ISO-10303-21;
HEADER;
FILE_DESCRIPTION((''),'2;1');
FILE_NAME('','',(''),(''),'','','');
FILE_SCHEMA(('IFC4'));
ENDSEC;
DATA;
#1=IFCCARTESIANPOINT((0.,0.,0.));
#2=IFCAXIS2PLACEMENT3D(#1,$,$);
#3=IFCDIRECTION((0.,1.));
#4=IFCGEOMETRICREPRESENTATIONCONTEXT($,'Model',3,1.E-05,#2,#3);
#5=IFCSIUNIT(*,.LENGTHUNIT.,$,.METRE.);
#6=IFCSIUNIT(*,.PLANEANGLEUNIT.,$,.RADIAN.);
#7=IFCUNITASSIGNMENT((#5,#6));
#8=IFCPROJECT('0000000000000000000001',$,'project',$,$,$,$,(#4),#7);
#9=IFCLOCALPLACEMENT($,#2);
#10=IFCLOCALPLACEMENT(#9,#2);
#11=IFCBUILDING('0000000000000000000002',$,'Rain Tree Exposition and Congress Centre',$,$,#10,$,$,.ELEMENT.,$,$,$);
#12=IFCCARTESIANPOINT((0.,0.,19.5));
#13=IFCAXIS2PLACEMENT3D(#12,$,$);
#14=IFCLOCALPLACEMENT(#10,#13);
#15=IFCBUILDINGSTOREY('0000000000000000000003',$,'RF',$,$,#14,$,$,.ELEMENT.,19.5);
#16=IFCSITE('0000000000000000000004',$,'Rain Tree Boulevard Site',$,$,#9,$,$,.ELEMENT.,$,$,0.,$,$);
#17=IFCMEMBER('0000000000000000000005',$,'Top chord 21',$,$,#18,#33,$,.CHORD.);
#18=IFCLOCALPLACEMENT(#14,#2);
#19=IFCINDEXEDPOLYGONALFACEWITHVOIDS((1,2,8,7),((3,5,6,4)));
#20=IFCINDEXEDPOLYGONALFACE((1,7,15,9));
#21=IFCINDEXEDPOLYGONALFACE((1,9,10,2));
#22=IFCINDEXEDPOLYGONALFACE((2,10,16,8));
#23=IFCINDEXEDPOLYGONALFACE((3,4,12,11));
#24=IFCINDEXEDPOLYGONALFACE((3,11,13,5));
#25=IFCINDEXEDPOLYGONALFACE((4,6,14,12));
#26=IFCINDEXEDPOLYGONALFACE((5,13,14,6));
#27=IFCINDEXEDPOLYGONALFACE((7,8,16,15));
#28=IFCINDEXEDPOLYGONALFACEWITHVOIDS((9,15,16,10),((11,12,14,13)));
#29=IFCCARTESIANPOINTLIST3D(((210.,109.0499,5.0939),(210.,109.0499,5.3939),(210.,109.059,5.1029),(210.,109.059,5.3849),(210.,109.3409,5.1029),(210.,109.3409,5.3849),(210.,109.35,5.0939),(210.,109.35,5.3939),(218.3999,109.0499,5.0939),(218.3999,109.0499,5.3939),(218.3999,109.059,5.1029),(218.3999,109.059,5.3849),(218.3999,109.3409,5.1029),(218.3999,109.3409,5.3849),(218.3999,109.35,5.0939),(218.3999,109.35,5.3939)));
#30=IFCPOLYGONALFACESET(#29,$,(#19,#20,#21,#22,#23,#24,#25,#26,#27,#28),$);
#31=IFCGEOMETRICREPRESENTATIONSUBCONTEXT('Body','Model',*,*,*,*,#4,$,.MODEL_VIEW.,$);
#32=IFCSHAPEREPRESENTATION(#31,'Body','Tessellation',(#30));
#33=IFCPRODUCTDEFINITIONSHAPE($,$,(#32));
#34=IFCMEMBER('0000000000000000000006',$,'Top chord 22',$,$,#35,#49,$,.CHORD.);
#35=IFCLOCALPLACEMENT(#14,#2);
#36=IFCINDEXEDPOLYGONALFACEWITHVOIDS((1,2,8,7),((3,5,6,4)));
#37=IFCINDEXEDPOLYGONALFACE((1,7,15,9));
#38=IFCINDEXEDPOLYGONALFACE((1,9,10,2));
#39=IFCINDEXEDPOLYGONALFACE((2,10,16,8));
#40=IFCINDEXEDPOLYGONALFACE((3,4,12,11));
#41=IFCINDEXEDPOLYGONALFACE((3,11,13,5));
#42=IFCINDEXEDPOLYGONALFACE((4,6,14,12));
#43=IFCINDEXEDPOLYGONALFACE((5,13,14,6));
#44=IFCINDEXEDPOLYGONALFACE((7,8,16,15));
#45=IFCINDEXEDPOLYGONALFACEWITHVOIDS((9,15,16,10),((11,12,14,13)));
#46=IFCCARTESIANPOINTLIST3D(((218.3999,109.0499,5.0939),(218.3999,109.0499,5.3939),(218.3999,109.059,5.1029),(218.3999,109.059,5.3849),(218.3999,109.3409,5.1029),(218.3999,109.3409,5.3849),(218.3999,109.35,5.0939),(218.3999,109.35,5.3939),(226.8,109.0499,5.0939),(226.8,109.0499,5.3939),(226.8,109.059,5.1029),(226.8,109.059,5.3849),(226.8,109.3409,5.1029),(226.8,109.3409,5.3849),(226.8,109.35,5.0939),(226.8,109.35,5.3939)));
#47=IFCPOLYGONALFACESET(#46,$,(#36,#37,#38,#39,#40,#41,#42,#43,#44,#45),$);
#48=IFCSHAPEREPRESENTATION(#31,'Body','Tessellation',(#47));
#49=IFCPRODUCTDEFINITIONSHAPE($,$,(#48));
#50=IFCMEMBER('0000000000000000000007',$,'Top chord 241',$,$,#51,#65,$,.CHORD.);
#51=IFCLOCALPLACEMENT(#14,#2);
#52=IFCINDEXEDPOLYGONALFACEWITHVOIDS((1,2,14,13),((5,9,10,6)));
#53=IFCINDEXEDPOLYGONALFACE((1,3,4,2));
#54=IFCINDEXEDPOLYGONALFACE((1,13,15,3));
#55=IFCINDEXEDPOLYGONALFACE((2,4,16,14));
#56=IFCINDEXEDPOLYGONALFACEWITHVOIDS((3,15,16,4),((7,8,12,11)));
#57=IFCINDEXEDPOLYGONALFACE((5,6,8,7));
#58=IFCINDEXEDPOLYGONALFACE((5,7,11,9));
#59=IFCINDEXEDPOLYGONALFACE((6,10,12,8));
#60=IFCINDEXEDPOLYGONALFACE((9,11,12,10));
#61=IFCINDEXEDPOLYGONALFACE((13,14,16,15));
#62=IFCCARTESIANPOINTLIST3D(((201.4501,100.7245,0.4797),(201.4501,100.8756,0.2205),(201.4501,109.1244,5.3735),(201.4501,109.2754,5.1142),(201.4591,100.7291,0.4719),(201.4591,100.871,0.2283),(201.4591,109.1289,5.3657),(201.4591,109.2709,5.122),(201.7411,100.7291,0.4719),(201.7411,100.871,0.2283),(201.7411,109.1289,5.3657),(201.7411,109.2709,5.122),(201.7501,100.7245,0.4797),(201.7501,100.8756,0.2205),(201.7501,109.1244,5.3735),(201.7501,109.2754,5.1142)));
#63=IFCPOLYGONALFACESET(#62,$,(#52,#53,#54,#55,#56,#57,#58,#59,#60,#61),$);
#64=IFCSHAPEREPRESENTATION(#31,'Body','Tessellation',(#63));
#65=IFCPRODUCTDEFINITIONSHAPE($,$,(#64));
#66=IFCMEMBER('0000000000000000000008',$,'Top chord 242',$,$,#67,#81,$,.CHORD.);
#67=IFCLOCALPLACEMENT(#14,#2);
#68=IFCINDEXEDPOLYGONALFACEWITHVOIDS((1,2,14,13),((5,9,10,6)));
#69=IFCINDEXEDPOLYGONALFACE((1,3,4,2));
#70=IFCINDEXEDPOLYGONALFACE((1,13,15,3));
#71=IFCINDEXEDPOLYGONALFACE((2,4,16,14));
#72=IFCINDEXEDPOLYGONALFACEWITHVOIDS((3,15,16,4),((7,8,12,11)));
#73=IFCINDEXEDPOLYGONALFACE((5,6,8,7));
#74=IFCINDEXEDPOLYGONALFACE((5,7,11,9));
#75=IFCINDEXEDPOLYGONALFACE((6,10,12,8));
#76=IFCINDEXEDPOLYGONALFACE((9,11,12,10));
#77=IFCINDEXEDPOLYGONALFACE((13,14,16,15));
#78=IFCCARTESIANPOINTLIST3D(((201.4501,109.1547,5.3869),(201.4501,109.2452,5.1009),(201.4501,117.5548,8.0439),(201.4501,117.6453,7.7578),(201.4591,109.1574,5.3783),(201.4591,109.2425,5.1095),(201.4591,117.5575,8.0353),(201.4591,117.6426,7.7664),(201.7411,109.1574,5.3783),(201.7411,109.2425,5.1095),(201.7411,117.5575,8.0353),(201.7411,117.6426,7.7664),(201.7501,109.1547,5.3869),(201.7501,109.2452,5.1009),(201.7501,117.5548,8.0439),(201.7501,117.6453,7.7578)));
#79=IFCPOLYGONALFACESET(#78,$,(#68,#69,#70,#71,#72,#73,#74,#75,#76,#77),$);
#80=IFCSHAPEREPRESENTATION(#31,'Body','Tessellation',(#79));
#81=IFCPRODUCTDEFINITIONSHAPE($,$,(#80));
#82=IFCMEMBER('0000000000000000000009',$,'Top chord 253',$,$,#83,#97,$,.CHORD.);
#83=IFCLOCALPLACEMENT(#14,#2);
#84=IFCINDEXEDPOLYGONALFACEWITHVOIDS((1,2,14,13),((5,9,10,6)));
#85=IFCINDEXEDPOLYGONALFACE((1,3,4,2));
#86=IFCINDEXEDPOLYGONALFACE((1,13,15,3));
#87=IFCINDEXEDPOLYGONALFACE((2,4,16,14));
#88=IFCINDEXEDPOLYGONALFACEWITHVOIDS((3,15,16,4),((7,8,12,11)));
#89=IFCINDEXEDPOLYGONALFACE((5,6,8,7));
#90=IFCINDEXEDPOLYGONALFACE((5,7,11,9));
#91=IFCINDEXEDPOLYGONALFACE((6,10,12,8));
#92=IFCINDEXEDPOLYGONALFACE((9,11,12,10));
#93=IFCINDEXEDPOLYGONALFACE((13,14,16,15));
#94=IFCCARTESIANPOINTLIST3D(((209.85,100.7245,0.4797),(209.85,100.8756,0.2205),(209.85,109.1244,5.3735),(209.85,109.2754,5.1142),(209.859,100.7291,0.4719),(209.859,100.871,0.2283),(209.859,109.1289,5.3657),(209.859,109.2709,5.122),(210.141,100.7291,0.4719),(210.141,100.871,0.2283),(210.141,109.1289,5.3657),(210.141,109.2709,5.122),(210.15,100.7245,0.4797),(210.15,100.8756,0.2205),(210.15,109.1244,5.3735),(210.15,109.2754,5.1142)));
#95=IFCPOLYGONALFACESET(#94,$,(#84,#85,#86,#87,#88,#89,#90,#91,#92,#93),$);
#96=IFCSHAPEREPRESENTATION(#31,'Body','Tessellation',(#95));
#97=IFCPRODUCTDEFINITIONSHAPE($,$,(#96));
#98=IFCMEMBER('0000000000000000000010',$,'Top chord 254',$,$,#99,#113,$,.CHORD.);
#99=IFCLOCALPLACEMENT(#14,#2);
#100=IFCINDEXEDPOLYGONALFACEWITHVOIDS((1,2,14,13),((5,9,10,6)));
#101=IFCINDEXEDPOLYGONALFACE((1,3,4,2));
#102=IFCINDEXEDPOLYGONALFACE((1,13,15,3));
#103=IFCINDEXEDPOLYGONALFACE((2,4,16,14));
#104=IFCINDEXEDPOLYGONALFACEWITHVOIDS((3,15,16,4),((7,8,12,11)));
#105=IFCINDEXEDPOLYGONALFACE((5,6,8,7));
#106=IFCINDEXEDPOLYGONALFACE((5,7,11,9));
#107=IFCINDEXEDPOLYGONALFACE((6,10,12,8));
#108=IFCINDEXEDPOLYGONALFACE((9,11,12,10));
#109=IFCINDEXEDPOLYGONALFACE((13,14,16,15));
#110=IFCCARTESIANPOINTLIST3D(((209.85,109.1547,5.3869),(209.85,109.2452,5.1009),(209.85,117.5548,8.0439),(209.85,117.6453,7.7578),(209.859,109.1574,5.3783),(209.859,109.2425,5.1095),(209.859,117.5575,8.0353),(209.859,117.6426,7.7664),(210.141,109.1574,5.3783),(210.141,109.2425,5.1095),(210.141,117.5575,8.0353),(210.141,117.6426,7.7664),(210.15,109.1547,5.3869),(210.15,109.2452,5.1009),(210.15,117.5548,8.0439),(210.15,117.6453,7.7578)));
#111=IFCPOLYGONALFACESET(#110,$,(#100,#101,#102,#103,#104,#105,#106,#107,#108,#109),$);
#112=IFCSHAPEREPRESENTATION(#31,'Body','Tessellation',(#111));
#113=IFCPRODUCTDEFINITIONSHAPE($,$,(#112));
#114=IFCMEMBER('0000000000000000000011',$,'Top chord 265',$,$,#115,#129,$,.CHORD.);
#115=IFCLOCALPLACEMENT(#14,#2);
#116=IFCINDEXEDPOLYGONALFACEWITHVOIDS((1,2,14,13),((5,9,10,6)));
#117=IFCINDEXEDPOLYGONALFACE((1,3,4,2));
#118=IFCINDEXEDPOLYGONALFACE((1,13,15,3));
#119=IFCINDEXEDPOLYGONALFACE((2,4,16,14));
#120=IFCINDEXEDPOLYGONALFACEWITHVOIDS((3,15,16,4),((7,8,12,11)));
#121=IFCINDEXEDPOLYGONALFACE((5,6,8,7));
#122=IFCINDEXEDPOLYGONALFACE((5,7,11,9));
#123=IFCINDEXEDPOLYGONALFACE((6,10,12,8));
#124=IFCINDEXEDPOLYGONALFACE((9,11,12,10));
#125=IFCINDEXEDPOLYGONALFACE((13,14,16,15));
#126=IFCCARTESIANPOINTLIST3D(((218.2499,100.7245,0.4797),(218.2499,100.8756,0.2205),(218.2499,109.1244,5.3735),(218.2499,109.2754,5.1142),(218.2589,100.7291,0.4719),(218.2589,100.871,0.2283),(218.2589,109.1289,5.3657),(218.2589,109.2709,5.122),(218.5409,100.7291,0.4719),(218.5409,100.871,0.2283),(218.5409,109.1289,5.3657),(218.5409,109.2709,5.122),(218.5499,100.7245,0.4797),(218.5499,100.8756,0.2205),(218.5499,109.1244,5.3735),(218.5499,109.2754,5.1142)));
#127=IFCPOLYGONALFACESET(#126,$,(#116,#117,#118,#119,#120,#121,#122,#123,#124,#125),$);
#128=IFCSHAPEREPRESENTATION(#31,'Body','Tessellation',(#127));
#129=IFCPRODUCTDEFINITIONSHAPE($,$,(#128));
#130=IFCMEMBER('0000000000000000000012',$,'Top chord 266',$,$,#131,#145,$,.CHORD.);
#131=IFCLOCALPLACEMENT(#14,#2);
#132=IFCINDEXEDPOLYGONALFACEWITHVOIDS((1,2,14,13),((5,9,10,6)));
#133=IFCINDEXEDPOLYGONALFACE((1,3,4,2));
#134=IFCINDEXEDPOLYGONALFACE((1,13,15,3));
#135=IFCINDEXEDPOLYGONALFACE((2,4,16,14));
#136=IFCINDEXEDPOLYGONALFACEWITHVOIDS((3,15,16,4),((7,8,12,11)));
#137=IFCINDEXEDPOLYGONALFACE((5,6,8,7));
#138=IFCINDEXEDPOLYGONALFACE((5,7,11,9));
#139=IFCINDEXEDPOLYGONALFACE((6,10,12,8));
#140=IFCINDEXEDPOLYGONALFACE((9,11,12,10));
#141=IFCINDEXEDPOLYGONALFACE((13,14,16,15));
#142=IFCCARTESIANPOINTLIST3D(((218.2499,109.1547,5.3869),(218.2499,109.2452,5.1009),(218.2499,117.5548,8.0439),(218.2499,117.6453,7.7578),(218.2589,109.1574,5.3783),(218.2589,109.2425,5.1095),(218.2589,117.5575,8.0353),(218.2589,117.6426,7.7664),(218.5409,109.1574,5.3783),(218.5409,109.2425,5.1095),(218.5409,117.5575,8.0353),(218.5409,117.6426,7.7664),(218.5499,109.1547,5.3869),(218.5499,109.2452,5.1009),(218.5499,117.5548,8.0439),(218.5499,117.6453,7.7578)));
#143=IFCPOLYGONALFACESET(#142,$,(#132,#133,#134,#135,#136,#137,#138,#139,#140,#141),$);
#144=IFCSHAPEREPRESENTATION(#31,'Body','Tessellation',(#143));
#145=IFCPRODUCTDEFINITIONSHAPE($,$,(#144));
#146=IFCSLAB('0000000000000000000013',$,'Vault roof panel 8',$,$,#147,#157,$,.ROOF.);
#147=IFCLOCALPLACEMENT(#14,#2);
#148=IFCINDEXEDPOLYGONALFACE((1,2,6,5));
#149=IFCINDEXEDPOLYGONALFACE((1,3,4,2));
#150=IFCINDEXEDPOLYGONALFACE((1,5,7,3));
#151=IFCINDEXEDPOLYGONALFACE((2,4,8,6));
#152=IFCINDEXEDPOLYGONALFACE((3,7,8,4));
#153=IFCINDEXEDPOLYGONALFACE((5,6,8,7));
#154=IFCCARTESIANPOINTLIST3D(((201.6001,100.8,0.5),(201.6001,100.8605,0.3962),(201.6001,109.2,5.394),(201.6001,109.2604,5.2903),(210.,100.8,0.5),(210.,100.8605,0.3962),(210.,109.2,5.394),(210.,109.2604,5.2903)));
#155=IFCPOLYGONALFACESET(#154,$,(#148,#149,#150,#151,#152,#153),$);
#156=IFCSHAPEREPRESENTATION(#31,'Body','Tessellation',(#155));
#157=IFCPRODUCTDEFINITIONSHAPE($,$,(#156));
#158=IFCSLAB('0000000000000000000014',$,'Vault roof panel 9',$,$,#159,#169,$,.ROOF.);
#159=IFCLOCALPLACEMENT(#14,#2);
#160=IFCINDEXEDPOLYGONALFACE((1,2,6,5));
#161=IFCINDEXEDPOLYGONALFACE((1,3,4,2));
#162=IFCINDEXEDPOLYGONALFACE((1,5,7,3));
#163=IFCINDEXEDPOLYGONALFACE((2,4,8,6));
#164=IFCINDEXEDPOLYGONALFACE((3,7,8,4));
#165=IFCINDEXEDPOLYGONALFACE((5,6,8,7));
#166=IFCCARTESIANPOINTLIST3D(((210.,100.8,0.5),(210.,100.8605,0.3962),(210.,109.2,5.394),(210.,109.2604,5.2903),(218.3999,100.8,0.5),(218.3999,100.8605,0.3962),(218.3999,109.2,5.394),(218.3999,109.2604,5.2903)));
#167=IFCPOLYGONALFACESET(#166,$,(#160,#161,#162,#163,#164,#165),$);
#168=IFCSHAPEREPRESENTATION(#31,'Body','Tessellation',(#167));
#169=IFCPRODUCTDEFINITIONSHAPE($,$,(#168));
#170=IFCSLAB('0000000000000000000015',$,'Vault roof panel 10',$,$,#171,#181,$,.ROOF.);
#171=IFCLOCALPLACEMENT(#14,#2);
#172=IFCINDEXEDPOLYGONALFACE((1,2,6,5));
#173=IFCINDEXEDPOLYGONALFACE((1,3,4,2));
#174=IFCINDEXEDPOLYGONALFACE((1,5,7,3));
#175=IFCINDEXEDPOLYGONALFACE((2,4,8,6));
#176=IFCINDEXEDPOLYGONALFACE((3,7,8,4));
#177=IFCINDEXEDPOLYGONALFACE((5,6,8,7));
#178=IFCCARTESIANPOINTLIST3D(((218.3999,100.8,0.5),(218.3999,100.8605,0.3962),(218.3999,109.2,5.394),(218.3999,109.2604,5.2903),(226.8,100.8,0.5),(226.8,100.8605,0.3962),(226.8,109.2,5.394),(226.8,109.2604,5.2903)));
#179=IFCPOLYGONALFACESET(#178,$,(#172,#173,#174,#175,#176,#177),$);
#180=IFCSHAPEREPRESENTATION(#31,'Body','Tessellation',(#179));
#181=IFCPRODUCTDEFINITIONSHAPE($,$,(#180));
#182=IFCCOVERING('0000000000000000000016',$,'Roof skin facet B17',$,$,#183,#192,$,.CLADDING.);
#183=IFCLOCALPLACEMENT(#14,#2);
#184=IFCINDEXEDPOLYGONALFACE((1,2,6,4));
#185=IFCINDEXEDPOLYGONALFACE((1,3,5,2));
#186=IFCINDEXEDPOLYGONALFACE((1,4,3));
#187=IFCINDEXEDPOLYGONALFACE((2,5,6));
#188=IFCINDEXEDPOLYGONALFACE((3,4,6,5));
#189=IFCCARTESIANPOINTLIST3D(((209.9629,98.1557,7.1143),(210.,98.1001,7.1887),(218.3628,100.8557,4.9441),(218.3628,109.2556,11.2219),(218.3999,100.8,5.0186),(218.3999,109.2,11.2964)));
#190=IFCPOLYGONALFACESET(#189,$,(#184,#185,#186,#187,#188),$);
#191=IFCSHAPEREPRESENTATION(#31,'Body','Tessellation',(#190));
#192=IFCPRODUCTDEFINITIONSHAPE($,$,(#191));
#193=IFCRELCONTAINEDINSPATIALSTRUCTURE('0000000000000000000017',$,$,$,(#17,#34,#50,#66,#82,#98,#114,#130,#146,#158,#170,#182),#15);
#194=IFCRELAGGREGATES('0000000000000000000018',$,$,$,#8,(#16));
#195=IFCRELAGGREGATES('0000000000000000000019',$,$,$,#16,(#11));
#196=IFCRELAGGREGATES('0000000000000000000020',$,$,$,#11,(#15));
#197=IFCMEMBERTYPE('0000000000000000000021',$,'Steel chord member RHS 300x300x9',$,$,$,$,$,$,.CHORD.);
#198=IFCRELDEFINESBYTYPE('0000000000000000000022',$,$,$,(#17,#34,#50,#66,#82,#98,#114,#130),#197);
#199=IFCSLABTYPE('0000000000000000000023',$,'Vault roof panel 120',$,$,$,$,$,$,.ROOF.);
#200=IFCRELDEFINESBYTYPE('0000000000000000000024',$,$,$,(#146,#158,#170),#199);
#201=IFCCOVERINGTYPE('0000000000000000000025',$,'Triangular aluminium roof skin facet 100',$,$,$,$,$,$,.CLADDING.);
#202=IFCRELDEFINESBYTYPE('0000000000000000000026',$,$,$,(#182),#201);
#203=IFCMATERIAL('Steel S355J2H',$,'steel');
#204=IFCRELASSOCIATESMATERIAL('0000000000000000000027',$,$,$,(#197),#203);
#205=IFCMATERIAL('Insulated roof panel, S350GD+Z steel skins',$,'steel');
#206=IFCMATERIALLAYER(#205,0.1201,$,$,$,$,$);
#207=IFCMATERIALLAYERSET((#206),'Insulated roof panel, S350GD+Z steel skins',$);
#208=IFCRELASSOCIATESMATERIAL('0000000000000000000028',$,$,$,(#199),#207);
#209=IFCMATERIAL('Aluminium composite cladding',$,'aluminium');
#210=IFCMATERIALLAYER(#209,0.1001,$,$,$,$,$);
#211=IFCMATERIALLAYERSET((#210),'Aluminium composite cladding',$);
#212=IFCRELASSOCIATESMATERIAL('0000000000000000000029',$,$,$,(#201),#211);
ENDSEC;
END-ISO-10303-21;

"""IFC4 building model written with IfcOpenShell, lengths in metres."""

from ifc_helpers import new_model, si_unit, direction, frame, origin, origin_2d, place, context, subcontext, project, spatial, polyline, hollow_rectangle, outline, extrude, material, layer, layer_set, material_profile, profile_set, type_object, element, save


model = new_model("IFC4")

# Units and contexts
model_context = context("Model", 3, precision=1e-05, world=origin(), true_north=direction((0.0, 1.0)))
body_context = subcontext(model_context, "Body", "Model", "MODEL_VIEW")
ifc_project = project(units=[si_unit("LENGTHUNIT", "METRE"), si_unit("PLANEANGLEUNIT", "RADIAN")], contexts=[model_context])

# Site, building, storey
site_placement = place(None, origin())
site = spatial("IfcSite", under=ifc_project, at=site_placement, Name="Rain Tree Boulevard Site", CompositionType="ELEMENT", RefElevation=0.0)
building_placement = place(site_placement, origin())
building = spatial("IfcBuilding", under=site, at=building_placement, Name="Rain Tree Exposition and Congress Centre", CompositionType="ELEMENT")
storey_placement = place(building_placement, frame((0.0, 0.0, 19.5)))
storey = spatial("IfcBuildingStorey", under=building, at=storey_placement, Name="RF", CompositionType="ELEMENT", Elevation=19.5)

# Members
ifc_material_1 = material(Name="Steel S355J2H", Category="steel")
ifc_material_profile_1 = material_profile(ifc_material_1, hollow_rectangle(XDim=0.3, YDim=0.3, WallThickness=0.009, at=origin_2d()), Name="RHS 300x300x9")
ifc_profile_set_1 = profile_set([ifc_material_profile_1], Name="Steel S355J2H")
member_type_1 = type_object("IfcMemberType", Name="Steel chord member RHS 300x300x9", PredefinedType="CHORD", material=ifc_profile_set_1)
for number, where, z_axis, x_axis, name in (
    (1, (210.0, 109.2, 5.2439), (1.0, 0.0, 0.0), (0.0, 1.0, 0.0), "Top chord 21"),
):
    element("IfcMember", number, at=place(storey_placement, frame(where, z_axis=z_axis, x_axis=x_axis)), inside=storey, type_object=member_type_1, Name=name, PredefinedType="CHORD", context=body_context, shape_type="SweptSolid", body=[
        extrude(hollow_rectangle(XDim=0.3, YDim=0.3, WallThickness=0.009, at=origin_2d()), origin(), (0.0, 0.0, 1.0), 8.3999),
    ])
member_1_placement = place(storey_placement, frame((218.3999, 109.2, 5.2439), z_axis=(1.0, 0.0, 0.0), x_axis=(0.0, 1.0, 0.0)))
element("IfcMember", 2, at=member_1_placement, inside=storey, type_object=member_type_1, Name="Top chord 22", PredefinedType="CHORD", context=body_context, shape_type="SweptSolid", body=[
    extrude(hollow_rectangle(XDim=0.3, YDim=0.3, WallThickness=0.009, at=origin_2d()), origin(), (0.0, 0.0, 1.0), 8.4001),
])
member_2_placement = place(storey_placement, frame((201.6001, 100.8, 0.3501), z_axis=(0.0, 0.864054, 0.503399), x_axis=(-1.0, 0.0, 0.0)))
element("IfcMember", 3, at=member_2_placement, inside=storey, type_object=member_type_1, Name="Top chord 241", PredefinedType="CHORD", context=body_context, shape_type="SweptSolid", body=[
    extrude(hollow_rectangle(XDim=0.3, YDim=0.3, WallThickness=0.009, at=origin_2d()), origin(), (0.0, 0.0, 1.0), 9.7214),
])
member_3_placement = place(storey_placement, frame((201.6001, 109.2, 5.2439), z_axis=(0.0, 0.953442, 0.301576), x_axis=(-1.0, 0.0, 0.0)))
element("IfcMember", 4, at=member_3_placement, inside=storey, type_object=member_type_1, Name="Top chord 242", PredefinedType="CHORD", context=body_context, shape_type="SweptSolid", body=[
    extrude(hollow_rectangle(XDim=0.3, YDim=0.3, WallThickness=0.009, at=origin_2d()), origin(), (0.0, 0.0, 1.0), 8.8103),
])
member_4_placement = place(storey_placement, frame((210.0, 100.8, 0.3501), z_axis=(0.0, 0.864054, 0.503399), x_axis=(-1.0, 0.0, 0.0)))
element("IfcMember", 5, at=member_4_placement, inside=storey, type_object=member_type_1, Name="Top chord 253", PredefinedType="CHORD", context=body_context, shape_type="SweptSolid", body=[
    extrude(hollow_rectangle(XDim=0.3, YDim=0.3, WallThickness=0.009, at=origin_2d()), origin(), (0.0, 0.0, 1.0), 9.7214),
])
member_5_placement = place(storey_placement, frame((210.0, 109.2, 5.2439), z_axis=(0.0, 0.953442, 0.301576), x_axis=(-1.0, 0.0, 0.0)))
element("IfcMember", 6, at=member_5_placement, inside=storey, type_object=member_type_1, Name="Top chord 254", PredefinedType="CHORD", context=body_context, shape_type="SweptSolid", body=[
    extrude(hollow_rectangle(XDim=0.3, YDim=0.3, WallThickness=0.009, at=origin_2d()), origin(), (0.0, 0.0, 1.0), 8.8103),
])
member_6_placement = place(storey_placement, frame((218.3999, 100.8, 0.3501), z_axis=(0.0, 0.864054, 0.503399), x_axis=(-1.0, 0.0, 0.0)))
element("IfcMember", 7, at=member_6_placement, inside=storey, type_object=member_type_1, Name="Top chord 265", PredefinedType="CHORD", context=body_context, shape_type="SweptSolid", body=[
    extrude(hollow_rectangle(XDim=0.3, YDim=0.3, WallThickness=0.009, at=origin_2d()), origin(), (0.0, 0.0, 1.0), 9.7214),
])
member_7_placement = place(storey_placement, frame((218.3999, 109.2, 5.2439), z_axis=(0.0, 0.953442, 0.301576), x_axis=(-1.0, 0.0, 0.0)))
element("IfcMember", 8, at=member_7_placement, inside=storey, type_object=member_type_1, Name="Top chord 266", PredefinedType="CHORD", context=body_context, shape_type="SweptSolid", body=[
    extrude(hollow_rectangle(XDim=0.3, YDim=0.3, WallThickness=0.009, at=origin_2d()), origin(), (0.0, 0.0, 1.0), 8.8103),
])

# Slabs
ifc_material_2 = material(Name="Insulated roof panel, S350GD+Z steel skins", Category="steel")
ifc_layer_1 = layer(ifc_material_2, 0.1201)
ifc_layer_set_1 = layer_set([ifc_layer_1], Name="Insulated roof panel, S350GD+Z steel skins")
slab_type = type_object("IfcSlabType", Name="Vault roof panel 120", PredefinedType="ROOF", material=ifc_layer_set_1)
for number, where, z_axis, x_axis, name in (
    (9, (201.6001, 100.8, 0.5), (0.0, -0.503418, 0.864043), (1.0, 0.0, 0.0), "Vault roof panel 8"),
    (10, (210.0, 100.8, 0.5), (0.0, -0.503418, 0.864043), (1.0, 0.0, 0.0), "Vault roof panel 9"),
):
    element("IfcSlab", number, at=place(storey_placement, frame(where, z_axis=z_axis, x_axis=x_axis)), inside=storey, type_object=slab_type, Name=name, PredefinedType="ROOF", context=body_context, shape_type="SweptSolid", body=[
        extrude(outline(polyline([(0.0, 0.0), (8.3999, 0.0), (8.3999, 9.7216), (0.0, 9.7216), (0.0, 0.0)])), origin(), (0.0, 0.0, -1.0), 0.1201),
    ])
slab_placement = place(storey_placement, frame((218.3999, 100.8, 0.5), z_axis=(0.0, -0.503418, 0.864043), x_axis=(1.0, 0.0, 0.0)))
element("IfcSlab", 11, at=slab_placement, inside=storey, type_object=slab_type, Name="Vault roof panel 10", PredefinedType="ROOF", context=body_context, shape_type="SweptSolid", body=[
    extrude(outline(polyline([(0.0, 0.0), (8.4001, 0.0), (8.4001, 9.7216), (0.0, 9.7216), (0.0, 0.0)])), origin(), (0.0, 0.0, -1.0), 0.1201),
])

# Covering
ifc_material_3 = material(Name="Aluminium composite cladding", Category="aluminium")
ifc_layer_2 = layer(ifc_material_3, 0.1001)
ifc_layer_set_2 = layer_set([ifc_layer_2], Name="Aluminium composite cladding")
covering_type = type_object("IfcCoveringType", Name="Triangular aluminium roof skin facet 100", PredefinedType="CLADDING", material=ifc_layer_set_2)
covering_1_placement = place(storey_placement, frame((210.0, 98.1001, 7.1887), z_axis=(0.370885, -0.555954, 0.743881), x_axis=(0.924475, 0.297151, -0.238844)))
element("IfcCovering", 12, at=covering_1_placement, inside=storey, type_object=covering_type, Name="Roof skin facet B17", PredefinedType="CLADDING", context=body_context, shape_type="SweptSolid", body=[
    extrude(outline(polyline([(0.0, 0.0), (9.0861, 0.0), (10.0827, 10.4392), (0.0, 0.0)])), origin(), (0.0, 0.0, -1.0), 0.1001),
])

save(model, "model.ifc")
